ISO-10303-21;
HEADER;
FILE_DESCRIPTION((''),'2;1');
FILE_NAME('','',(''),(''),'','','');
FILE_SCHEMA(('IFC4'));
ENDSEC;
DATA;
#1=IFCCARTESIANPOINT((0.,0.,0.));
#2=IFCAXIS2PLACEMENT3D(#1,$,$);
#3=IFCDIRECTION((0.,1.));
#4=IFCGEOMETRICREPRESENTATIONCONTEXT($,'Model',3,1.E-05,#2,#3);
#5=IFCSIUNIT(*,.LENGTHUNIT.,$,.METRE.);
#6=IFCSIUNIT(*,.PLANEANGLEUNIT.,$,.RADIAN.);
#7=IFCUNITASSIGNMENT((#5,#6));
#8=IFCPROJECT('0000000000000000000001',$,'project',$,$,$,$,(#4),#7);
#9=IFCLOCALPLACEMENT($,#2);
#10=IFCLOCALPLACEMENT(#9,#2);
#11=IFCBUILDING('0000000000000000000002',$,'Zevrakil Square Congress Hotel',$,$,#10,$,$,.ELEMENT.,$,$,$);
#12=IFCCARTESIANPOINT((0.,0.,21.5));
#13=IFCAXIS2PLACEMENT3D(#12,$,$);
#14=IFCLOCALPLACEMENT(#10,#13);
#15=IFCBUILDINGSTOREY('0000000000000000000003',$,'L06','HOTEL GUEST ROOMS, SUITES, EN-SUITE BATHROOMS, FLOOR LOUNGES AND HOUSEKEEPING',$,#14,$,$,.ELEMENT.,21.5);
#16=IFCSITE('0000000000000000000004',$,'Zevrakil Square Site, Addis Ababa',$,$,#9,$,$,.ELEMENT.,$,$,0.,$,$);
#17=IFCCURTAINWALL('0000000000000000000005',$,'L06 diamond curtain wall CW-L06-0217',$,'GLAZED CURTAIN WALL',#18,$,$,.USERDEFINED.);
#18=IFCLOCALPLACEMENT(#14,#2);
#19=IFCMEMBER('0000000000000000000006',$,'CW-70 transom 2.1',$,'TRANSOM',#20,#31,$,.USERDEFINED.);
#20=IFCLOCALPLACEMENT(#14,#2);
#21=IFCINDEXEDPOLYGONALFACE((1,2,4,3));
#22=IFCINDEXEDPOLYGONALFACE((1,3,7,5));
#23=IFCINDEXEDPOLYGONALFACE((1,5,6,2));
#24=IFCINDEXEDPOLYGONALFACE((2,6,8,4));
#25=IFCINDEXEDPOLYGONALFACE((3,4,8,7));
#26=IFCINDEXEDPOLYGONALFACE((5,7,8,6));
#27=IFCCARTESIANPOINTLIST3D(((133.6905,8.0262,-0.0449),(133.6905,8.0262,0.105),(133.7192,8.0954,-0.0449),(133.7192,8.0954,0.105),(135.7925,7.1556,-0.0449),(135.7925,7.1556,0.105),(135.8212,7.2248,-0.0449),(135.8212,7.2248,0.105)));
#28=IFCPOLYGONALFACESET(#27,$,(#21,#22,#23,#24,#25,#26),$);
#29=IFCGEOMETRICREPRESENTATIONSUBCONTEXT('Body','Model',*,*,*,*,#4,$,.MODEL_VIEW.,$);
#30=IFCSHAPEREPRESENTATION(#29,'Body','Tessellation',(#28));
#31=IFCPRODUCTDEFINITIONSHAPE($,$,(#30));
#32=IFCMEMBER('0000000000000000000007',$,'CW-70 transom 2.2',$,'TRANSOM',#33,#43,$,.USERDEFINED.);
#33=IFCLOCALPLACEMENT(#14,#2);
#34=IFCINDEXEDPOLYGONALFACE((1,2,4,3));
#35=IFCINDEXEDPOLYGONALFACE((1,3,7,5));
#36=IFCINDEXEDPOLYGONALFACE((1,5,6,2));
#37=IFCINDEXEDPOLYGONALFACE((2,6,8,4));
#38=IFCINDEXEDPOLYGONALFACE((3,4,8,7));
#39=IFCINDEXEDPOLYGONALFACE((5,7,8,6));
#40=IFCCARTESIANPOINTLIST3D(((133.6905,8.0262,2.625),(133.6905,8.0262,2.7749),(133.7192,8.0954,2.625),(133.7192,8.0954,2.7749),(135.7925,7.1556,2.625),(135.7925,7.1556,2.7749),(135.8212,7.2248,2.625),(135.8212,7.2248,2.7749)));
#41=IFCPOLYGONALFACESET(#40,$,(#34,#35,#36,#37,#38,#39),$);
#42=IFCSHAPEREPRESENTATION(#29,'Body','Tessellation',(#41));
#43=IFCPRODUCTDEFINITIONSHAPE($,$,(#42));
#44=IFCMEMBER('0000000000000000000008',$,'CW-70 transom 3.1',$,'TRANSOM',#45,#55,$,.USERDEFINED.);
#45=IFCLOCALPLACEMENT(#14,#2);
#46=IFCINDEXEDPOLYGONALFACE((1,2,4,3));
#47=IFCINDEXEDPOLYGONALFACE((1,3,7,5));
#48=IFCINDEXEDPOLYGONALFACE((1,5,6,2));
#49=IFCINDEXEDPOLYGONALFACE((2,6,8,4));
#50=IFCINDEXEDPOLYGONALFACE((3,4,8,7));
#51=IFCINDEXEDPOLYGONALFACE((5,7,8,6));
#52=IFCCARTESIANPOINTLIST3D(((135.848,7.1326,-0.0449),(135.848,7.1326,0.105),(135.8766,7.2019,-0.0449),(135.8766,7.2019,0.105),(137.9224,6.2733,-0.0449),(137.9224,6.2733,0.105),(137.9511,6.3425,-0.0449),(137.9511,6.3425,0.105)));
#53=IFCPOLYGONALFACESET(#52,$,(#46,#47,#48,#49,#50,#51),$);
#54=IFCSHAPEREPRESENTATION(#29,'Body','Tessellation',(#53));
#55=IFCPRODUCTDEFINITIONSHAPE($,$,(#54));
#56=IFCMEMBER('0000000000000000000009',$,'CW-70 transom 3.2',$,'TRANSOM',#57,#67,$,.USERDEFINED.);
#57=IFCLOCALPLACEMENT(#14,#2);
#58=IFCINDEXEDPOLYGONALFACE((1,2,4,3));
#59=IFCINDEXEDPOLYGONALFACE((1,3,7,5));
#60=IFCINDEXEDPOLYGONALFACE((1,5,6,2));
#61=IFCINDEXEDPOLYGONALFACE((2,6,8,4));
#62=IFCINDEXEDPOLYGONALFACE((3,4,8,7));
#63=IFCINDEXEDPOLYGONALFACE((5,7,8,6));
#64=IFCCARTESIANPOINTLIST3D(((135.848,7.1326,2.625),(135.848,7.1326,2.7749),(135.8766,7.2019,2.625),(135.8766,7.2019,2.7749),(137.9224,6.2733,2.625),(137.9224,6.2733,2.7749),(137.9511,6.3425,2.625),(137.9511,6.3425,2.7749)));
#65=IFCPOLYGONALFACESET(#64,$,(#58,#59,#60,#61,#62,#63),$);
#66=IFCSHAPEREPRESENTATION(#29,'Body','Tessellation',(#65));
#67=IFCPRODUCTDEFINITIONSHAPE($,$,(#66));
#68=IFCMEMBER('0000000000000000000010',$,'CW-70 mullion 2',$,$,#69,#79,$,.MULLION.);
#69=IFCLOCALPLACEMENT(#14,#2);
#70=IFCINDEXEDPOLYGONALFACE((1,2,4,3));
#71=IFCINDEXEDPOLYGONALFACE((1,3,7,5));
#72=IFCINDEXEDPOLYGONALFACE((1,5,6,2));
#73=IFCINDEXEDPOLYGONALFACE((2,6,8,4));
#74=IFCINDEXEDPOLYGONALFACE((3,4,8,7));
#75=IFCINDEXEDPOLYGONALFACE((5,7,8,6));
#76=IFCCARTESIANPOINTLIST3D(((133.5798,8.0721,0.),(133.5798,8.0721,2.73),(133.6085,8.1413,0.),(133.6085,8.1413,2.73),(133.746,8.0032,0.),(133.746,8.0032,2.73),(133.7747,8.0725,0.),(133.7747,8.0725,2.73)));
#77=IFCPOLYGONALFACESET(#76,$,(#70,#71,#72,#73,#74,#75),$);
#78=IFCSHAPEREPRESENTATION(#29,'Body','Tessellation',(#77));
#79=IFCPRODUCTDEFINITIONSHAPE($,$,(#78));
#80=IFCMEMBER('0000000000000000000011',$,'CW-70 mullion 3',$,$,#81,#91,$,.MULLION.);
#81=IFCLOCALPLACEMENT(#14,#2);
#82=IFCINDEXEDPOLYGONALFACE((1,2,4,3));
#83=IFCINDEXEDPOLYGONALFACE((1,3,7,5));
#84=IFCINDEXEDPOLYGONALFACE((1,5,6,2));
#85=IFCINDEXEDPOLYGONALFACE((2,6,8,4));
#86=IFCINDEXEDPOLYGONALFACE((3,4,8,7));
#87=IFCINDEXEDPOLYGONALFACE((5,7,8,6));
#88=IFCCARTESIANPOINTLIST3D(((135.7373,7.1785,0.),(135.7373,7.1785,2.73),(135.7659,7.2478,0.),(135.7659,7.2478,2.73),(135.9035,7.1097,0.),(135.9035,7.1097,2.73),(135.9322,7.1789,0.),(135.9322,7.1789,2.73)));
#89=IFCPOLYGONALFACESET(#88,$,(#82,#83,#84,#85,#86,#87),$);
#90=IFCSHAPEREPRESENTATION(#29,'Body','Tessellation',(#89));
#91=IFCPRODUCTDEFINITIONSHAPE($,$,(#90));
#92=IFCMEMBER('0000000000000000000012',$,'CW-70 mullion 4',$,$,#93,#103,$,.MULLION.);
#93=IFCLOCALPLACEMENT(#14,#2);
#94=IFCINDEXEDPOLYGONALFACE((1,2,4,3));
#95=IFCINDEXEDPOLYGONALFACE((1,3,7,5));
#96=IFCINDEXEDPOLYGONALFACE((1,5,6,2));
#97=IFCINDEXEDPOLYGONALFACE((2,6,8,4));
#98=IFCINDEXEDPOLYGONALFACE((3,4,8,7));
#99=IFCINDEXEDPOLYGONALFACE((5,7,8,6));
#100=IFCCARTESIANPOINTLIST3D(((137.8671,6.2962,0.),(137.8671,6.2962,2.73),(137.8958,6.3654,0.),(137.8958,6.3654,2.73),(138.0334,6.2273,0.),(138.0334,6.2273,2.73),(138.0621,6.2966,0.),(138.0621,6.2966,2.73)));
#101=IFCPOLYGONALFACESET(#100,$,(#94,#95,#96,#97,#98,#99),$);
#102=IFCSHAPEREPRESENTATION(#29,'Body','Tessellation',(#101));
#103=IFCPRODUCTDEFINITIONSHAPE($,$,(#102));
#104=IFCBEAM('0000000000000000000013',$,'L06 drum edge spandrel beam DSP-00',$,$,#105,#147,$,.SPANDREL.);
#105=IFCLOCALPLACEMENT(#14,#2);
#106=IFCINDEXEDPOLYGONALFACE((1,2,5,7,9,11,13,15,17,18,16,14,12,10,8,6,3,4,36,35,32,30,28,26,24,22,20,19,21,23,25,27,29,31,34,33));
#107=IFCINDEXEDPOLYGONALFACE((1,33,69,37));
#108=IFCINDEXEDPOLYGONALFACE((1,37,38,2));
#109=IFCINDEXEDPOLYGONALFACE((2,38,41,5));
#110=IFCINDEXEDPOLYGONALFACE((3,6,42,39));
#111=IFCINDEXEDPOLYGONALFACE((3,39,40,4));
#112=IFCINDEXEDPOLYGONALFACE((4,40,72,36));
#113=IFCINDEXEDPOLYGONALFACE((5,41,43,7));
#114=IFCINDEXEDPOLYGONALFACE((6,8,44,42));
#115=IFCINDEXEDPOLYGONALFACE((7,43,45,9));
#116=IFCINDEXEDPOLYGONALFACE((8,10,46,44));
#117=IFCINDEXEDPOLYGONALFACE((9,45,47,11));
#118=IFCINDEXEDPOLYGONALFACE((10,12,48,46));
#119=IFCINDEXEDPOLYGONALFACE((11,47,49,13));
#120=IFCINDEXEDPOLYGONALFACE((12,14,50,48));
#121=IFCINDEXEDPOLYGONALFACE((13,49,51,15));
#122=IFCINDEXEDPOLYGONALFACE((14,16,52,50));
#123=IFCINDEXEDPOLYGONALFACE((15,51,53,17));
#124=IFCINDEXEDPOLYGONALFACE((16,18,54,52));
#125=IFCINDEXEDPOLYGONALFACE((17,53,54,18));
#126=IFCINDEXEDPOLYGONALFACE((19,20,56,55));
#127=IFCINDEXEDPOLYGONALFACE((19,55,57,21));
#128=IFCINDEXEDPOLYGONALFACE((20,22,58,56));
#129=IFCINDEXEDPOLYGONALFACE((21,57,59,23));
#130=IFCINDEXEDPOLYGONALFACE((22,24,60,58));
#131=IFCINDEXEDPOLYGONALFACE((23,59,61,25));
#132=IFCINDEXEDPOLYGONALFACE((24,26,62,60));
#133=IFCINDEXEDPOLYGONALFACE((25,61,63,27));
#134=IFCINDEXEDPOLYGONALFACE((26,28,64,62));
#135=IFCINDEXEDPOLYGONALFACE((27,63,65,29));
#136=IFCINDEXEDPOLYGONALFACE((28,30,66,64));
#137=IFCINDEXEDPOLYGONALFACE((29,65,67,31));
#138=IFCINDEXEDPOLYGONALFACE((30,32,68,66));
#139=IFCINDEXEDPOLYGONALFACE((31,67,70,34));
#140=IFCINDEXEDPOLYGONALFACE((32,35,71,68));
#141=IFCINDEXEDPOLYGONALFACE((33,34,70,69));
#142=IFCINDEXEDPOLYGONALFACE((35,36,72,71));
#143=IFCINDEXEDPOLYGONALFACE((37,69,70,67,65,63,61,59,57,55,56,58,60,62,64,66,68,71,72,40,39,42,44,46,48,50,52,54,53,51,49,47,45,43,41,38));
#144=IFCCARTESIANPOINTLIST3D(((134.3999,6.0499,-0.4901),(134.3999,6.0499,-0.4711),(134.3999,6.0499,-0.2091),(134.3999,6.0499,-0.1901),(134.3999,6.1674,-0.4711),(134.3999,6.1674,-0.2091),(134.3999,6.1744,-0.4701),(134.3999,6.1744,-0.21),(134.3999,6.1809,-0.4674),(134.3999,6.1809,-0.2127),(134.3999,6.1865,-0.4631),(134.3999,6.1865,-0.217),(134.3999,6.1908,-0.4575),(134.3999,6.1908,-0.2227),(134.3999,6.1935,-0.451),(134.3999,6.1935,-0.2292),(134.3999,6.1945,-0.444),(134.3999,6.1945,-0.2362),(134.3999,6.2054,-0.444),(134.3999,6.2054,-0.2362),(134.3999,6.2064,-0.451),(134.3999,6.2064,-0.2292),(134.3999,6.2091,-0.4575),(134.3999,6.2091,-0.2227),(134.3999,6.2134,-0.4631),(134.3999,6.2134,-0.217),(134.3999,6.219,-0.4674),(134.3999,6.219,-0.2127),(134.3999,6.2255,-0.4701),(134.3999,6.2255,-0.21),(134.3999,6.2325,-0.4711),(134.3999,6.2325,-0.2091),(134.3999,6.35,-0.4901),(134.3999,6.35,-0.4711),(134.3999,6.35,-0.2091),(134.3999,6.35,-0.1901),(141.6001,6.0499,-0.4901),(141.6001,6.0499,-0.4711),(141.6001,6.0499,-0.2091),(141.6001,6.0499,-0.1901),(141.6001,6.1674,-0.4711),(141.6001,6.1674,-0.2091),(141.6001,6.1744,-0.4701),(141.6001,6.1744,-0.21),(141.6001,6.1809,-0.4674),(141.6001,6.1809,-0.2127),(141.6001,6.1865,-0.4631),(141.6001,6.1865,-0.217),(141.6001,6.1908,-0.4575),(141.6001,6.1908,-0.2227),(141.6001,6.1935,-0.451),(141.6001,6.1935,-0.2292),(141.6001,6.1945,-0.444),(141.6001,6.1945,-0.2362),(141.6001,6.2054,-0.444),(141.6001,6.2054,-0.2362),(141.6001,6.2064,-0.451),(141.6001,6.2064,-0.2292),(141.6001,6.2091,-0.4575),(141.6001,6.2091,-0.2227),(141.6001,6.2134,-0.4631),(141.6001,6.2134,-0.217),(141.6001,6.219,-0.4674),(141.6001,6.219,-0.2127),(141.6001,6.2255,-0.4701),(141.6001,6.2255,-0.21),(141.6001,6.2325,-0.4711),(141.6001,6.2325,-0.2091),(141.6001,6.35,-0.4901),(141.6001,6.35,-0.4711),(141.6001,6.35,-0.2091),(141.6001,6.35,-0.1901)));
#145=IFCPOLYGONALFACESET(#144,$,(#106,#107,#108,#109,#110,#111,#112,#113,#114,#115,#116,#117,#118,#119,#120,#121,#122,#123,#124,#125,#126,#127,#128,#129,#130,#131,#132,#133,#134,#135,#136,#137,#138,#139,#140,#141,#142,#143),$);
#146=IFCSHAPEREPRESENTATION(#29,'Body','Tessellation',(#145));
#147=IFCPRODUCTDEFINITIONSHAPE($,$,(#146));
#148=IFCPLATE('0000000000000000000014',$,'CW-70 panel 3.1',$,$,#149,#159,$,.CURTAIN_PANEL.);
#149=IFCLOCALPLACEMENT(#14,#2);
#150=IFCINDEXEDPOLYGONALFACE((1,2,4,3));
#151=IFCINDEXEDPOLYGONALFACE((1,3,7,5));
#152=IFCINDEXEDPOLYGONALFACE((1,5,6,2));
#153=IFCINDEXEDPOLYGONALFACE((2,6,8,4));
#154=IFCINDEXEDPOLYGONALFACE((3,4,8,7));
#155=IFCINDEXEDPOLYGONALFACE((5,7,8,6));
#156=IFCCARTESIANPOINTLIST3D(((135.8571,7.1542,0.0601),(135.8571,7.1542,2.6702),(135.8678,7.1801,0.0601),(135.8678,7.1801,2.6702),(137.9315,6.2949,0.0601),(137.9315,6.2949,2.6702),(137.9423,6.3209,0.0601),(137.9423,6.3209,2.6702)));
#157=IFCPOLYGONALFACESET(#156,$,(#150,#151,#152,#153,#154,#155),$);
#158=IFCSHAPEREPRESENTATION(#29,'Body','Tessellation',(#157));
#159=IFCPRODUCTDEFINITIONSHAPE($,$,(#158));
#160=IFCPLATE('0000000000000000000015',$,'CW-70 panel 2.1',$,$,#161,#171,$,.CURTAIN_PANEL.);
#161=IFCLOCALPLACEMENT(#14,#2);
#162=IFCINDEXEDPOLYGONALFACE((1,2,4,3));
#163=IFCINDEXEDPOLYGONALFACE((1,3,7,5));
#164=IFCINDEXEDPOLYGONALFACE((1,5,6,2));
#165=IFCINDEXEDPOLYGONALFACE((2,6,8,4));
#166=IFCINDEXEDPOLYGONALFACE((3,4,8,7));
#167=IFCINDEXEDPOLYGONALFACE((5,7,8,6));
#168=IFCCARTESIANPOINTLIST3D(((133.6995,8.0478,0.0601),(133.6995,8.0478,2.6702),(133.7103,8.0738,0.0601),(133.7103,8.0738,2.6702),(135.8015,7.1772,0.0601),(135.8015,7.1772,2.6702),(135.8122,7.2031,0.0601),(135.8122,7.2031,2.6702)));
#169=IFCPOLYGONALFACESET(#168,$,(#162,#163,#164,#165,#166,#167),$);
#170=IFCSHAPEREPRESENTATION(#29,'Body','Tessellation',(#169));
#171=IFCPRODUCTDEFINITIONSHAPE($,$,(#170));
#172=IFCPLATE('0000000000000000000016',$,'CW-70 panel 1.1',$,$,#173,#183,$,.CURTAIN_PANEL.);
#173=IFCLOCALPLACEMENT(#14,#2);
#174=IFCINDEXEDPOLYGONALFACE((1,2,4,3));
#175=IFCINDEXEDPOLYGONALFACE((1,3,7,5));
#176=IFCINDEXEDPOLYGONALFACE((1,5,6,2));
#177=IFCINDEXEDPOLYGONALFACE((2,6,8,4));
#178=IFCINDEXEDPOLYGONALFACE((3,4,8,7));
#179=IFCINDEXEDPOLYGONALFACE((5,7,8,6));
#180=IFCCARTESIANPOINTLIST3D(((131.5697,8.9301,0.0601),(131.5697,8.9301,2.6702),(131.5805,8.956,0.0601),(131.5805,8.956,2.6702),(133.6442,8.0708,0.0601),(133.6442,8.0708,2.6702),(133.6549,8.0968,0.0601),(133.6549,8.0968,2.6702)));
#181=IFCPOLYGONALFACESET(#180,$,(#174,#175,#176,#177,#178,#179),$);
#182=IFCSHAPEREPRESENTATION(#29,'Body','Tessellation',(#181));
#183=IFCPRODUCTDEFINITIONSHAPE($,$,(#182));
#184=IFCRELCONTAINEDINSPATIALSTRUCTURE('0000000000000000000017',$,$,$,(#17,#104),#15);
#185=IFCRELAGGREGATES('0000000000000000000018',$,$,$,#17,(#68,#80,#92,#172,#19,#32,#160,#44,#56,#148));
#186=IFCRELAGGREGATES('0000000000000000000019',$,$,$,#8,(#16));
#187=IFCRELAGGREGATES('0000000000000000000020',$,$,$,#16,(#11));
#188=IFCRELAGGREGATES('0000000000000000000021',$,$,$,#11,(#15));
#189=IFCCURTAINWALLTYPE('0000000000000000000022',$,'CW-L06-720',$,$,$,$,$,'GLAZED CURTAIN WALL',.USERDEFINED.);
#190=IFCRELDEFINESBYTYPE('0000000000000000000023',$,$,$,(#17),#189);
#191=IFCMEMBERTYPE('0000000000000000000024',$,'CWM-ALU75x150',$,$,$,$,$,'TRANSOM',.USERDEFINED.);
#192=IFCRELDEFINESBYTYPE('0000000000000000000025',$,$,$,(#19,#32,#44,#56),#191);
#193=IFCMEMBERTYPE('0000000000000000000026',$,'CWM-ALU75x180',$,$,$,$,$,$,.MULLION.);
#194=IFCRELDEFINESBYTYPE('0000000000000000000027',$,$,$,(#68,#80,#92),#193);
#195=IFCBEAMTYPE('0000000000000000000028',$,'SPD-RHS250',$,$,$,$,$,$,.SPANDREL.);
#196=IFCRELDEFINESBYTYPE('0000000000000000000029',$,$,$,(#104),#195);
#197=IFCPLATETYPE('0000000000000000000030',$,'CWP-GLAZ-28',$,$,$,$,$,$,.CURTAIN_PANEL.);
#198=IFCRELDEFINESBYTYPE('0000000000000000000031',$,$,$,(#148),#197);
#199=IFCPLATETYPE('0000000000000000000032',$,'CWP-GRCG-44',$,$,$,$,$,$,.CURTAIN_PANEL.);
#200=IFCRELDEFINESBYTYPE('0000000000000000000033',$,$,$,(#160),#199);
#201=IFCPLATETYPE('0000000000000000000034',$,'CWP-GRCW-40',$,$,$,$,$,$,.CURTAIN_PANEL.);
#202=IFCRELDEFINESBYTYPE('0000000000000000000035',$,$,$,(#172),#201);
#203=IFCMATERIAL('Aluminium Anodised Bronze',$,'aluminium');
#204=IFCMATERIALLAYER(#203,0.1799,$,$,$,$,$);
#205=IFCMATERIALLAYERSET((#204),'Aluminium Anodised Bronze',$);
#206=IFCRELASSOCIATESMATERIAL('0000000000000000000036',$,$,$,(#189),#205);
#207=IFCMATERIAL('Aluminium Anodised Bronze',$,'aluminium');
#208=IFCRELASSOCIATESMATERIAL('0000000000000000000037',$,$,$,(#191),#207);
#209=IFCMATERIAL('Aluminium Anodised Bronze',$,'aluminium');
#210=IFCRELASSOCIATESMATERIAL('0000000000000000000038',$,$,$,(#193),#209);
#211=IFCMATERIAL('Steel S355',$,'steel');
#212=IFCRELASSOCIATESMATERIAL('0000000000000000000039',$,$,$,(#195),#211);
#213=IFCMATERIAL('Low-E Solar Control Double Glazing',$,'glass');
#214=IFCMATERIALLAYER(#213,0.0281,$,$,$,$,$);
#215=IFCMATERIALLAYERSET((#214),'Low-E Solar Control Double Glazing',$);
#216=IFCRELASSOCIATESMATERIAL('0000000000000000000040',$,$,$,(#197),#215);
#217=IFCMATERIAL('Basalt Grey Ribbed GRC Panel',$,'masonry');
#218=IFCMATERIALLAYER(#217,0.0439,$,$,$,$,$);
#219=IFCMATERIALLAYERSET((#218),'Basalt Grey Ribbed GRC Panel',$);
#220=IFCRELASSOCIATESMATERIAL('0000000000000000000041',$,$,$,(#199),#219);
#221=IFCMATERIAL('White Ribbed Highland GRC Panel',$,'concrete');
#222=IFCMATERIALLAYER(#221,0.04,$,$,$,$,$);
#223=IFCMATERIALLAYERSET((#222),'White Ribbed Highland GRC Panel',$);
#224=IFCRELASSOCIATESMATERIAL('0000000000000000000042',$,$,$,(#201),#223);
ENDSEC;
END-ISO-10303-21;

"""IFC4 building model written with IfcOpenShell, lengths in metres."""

from ifc_helpers import new_model, si_unit, direction, frame, origin, origin_2d, place, context, subcontext, project, spatial, rectangle, i_section, extrude, material, layer, layer_set, material_profile, profile_set, type_object, element, aggregate, save


model = new_model("IFC4")

# Units and contexts
model_context = context("Model", 3, precision=1e-05, world=origin(), true_north=direction((0.0, 1.0)))
body_context = subcontext(model_context, "Body", "Model", "MODEL_VIEW")
ifc_project = project(units=[si_unit("LENGTHUNIT", "METRE"), si_unit("PLANEANGLEUNIT", "RADIAN")], contexts=[model_context])

# Site, building, storey
site_placement = place(None, origin())
site = spatial("IfcSite", under=ifc_project, at=site_placement, Name="Zevrakil Square Site, Addis Ababa", CompositionType="ELEMENT", RefElevation=0.0)
building_placement = place(site_placement, origin())
building = spatial("IfcBuilding", under=site, at=building_placement, Name="Zevrakil Square Congress Hotel", CompositionType="ELEMENT")
storey_placement = place(building_placement, frame((0.0, 0.0, 21.5)))
storey = spatial("IfcBuildingStorey", under=building, at=storey_placement, Name="L06", Description="HOTEL GUEST ROOMS, SUITES, EN-SUITE BATHROOMS, FLOOR LOUNGES AND HOUSEKEEPING", CompositionType="ELEMENT", Elevation=21.5)

# Curtain wall, members
ifc_material_1 = material(Name="Aluminium Anodised Bronze", Category="aluminium")
ifc_layer_1 = layer(ifc_material_1, 0.1799)
ifc_layer_set_1 = layer_set([ifc_layer_1], Name="Aluminium Anodised Bronze")
curtain_wall_type = type_object("IfcCurtainWallType", Name="CW-L06-720", ElementType="GLAZED CURTAIN WALL", PredefinedType="USERDEFINED", material=ifc_layer_set_1)
curtain_wall_placement = place(storey_placement, origin())
curtain_wall = element("IfcCurtainWall", 1, at=curtain_wall_placement, inside=storey, type_object=curtain_wall_type, Name="L06 diamond curtain wall CW-L06-0217", ObjectType="GLAZED CURTAIN WALL", PredefinedType="USERDEFINED")
ifc_material_2 = material(Name="Aluminium Anodised Bronze", Category="aluminium")
ifc_material_profile_1 = material_profile(ifc_material_2, rectangle(XDim=0.075, YDim=0.1499, at=origin_2d()), Name="ALU 75x150")
ifc_profile_set_1 = profile_set([ifc_material_profile_1], Name="Aluminium Anodised Bronze")
member_type_1 = type_object("IfcMemberType", Name="CWM-ALU75x150", ElementType="TRANSOM", PredefinedType="USERDEFINED", material=ifc_profile_set_1)
member_1_placement = place(storey_placement, frame((133.7048, 8.0608, 0.03), z_axis=(0.923894, -0.382649, 0.0), x_axis=(0.382649, 0.923894, 0.0)))
member_1 = element("IfcMember", 2, at=member_1_placement, type_object=member_type_1, Name="CW-70 transom 2.1", ObjectType="TRANSOM", PredefinedType="USERDEFINED", context=body_context, shape_type="SweptSolid", body=[
    extrude(rectangle(XDim=0.075, YDim=0.1499, at=origin_2d()), origin(), (0.0, 0.0, 1.0), 2.2751),
])
member_2_placement = place(storey_placement, frame((133.7048, 8.0608, 2.7), z_axis=(0.923894, -0.382649, 0.0), x_axis=(0.382649, 0.923894, 0.0)))
member_2 = element("IfcMember", 3, at=member_2_placement, type_object=member_type_1, Name="CW-70 transom 2.2", ObjectType="TRANSOM", PredefinedType="USERDEFINED", context=body_context, shape_type="SweptSolid", body=[
    extrude(rectangle(XDim=0.075, YDim=0.1499, at=origin_2d()), origin(), (0.0, 0.0, 1.0), 2.2751),
])
member_3_placement = place(storey_placement, frame((135.8623, 7.1672, 0.03), z_axis=(0.923863, -0.382723, 0.0), x_axis=(0.382723, 0.923863, 0.0)))
member_3 = element("IfcMember", 4, at=member_3_placement, type_object=member_type_1, Name="CW-70 transom 3.1", ObjectType="TRANSOM", PredefinedType="USERDEFINED", context=body_context, shape_type="SweptSolid", body=[
    extrude(rectangle(XDim=0.075, YDim=0.1499, at=origin_2d()), origin(), (0.0, 0.0, 1.0), 2.2454),
])
member_4_placement = place(storey_placement, frame((135.8623, 7.1672, 2.7), z_axis=(0.923863, -0.382723, 0.0), x_axis=(0.382723, 0.923863, 0.0)))
member_4 = element("IfcMember", 5, at=member_4_placement, type_object=member_type_1, Name="CW-70 transom 3.2", ObjectType="TRANSOM", PredefinedType="USERDEFINED", context=body_context, shape_type="SweptSolid", body=[
    extrude(rectangle(XDim=0.075, YDim=0.1499, at=origin_2d()), origin(), (0.0, 0.0, 1.0), 2.2454),
])
ifc_material_3 = material(Name="Aluminium Anodised Bronze", Category="aluminium")
ifc_material_profile_2 = material_profile(ifc_material_3, rectangle(XDim=0.075, YDim=0.1799, at=origin_2d()), Name="ALU 75x180")
ifc_profile_set_2 = profile_set([ifc_material_profile_2], Name="Aluminium Anodised Bronze")
member_type_2 = type_object("IfcMemberType", Name="CWM-ALU75x180", PredefinedType="MULLION", material=ifc_profile_set_2)
member_5_placement = place(storey_placement, frame((133.6772, 8.0723, 0.0), z_axis=(0.0, 0.0, 1.0), x_axis=(0.382684, 0.923879, 0.0)))
member_5 = element("IfcMember", 6, at=member_5_placement, type_object=member_type_2, Name="CW-70 mullion 2", PredefinedType="MULLION", context=body_context, shape_type="SweptSolid", body=[
    extrude(rectangle(XDim=0.075, YDim=0.1799, at=origin_2d()), origin(), (0.0, 0.0, 1.0), 2.73),
])
member_6_placement = place(storey_placement, frame((135.8347, 7.1787, 0.0), z_axis=(0.0, 0.0, 1.0), x_axis=(0.382684, 0.923879, 0.0)))
member_6 = element("IfcMember", 7, at=member_6_placement, type_object=member_type_2, Name="CW-70 mullion 3", PredefinedType="MULLION", context=body_context, shape_type="SweptSolid", body=[
    extrude(rectangle(XDim=0.075, YDim=0.1799, at=origin_2d()), origin(), (0.0, 0.0, 1.0), 2.73),
])
member_7_placement = place(storey_placement, frame((137.9646, 6.2964, 0.0), z_axis=(0.0, 0.0, 1.0), x_axis=(0.382684, 0.923879, 0.0)))
member_7 = element("IfcMember", 8, at=member_7_placement, type_object=member_type_2, Name="CW-70 mullion 4", PredefinedType="MULLION", context=body_context, shape_type="SweptSolid", body=[
    extrude(rectangle(XDim=0.075, YDim=0.1799, at=origin_2d()), origin(), (0.0, 0.0, 1.0), 2.73),
])

# Beam
ifc_material_4 = material(Name="Steel S355", Category="steel")
ifc_material_profile_3 = material_profile(ifc_material_4, i_section(OverallWidth=0.3, OverallDepth=0.3, WebThickness=0.011, FlangeThickness=0.019, FilletRadius=0.0271, at=origin_2d()), Name="HEB 300")
ifc_profile_set_3 = profile_set([ifc_material_profile_3], Name="Steel S355")
beam_type = type_object("IfcBeamType", Name="SPD-RHS250", PredefinedType="SPANDREL", material=ifc_profile_set_3)
beam_placement = place(storey_placement, frame((134.3999, 6.2, -0.3401), z_axis=(1.0, 0.0, 0.0), x_axis=(0.0, 1.0, 0.0)))
element("IfcBeam", 9, at=beam_placement, inside=storey, type_object=beam_type, Name="L06 drum edge spandrel beam DSP-00", PredefinedType="SPANDREL", context=body_context, shape_type="SweptSolid", body=[
    extrude(i_section(OverallWidth=0.3, OverallDepth=0.3, WebThickness=0.011, FlangeThickness=0.019, FilletRadius=0.0271, at=origin_2d()), origin(), (0.0, 0.0, 1.0), 7.2002),
])

# Plates
ifc_material_5 = material(Name="Low-E Solar Control Double Glazing", Category="glass")
ifc_layer_2 = layer(ifc_material_5, 0.0281)
ifc_layer_set_2 = layer_set([ifc_layer_2], Name="Low-E Solar Control Double Glazing")
plate_type_1 = type_object("IfcPlateType", Name="CWP-GLAZ-28", PredefinedType="CURTAIN_PANEL", material=ifc_layer_set_2)
plate_1_placement = place(storey_placement, frame((136.8997, 6.7375, 0.0601), z_axis=(0.0, 0.0, 1.0), x_axis=(0.923879, -0.382684, 0.0)))
plate_1 = element("IfcPlate", 10, at=plate_1_placement, type_object=plate_type_1, Name="CW-70 panel 3.1", PredefinedType="CURTAIN_PANEL", context=body_context, shape_type="SweptSolid", body=[
    extrude(rectangle(XDim=2.2454, YDim=0.0281, at=origin_2d()), origin(), (0.0, 0.0, 1.0), 2.6101),
])
ifc_material_6 = material(Name="Basalt Grey Ribbed GRC Panel", Category="masonry")
ifc_layer_3 = layer(ifc_material_6, 0.0439)
ifc_layer_set_3 = layer_set([ifc_layer_3], Name="Basalt Grey Ribbed GRC Panel")
plate_type_2 = type_object("IfcPlateType", Name="CWP-GRCG-44", PredefinedType="CURTAIN_PANEL", material=ifc_layer_set_3)
plate_2_placement = place(storey_placement, frame((134.7559, 7.6255, 0.0601), z_axis=(0.0, 0.0, 1.0), x_axis=(0.923879, -0.382684, 0.0)))
plate_2 = element("IfcPlate", 11, at=plate_2_placement, type_object=plate_type_2, Name="CW-70 panel 2.1", PredefinedType="CURTAIN_PANEL", context=body_context, shape_type="SweptSolid", body=[
    extrude(rectangle(XDim=2.2751, YDim=0.0281, at=origin_2d()), origin(), (0.0, 0.0, 1.0), 2.6101),
])
ifc_material_7 = material(Name="White Ribbed Highland GRC Panel", Category="concrete")
ifc_layer_4 = layer(ifc_material_7, 0.04)
ifc_layer_set_4 = layer_set([ifc_layer_4], Name="White Ribbed Highland GRC Panel")
plate_type_3 = type_object("IfcPlateType", Name="CWP-GRCW-40", PredefinedType="CURTAIN_PANEL", material=ifc_layer_set_4)
plate_3_placement = place(storey_placement, frame((132.6123, 8.5134, 0.0601), z_axis=(0.0, 0.0, 1.0), x_axis=(0.923879, -0.382684, 0.0)))
plate_3 = element("IfcPlate", 12, at=plate_3_placement, type_object=plate_type_3, Name="CW-70 panel 1.1", PredefinedType="CURTAIN_PANEL", context=body_context, shape_type="SweptSolid", body=[
    extrude(rectangle(XDim=2.2454, YDim=0.0281, at=origin_2d()), origin(), (0.0, 0.0, 1.0), 2.6101),
])
aggregate(curtain_wall, [member_5, member_6, member_7, plate_3, member_1, member_2, plate_2, member_3, member_4, plate_1])

save(model, "model.ifc")
